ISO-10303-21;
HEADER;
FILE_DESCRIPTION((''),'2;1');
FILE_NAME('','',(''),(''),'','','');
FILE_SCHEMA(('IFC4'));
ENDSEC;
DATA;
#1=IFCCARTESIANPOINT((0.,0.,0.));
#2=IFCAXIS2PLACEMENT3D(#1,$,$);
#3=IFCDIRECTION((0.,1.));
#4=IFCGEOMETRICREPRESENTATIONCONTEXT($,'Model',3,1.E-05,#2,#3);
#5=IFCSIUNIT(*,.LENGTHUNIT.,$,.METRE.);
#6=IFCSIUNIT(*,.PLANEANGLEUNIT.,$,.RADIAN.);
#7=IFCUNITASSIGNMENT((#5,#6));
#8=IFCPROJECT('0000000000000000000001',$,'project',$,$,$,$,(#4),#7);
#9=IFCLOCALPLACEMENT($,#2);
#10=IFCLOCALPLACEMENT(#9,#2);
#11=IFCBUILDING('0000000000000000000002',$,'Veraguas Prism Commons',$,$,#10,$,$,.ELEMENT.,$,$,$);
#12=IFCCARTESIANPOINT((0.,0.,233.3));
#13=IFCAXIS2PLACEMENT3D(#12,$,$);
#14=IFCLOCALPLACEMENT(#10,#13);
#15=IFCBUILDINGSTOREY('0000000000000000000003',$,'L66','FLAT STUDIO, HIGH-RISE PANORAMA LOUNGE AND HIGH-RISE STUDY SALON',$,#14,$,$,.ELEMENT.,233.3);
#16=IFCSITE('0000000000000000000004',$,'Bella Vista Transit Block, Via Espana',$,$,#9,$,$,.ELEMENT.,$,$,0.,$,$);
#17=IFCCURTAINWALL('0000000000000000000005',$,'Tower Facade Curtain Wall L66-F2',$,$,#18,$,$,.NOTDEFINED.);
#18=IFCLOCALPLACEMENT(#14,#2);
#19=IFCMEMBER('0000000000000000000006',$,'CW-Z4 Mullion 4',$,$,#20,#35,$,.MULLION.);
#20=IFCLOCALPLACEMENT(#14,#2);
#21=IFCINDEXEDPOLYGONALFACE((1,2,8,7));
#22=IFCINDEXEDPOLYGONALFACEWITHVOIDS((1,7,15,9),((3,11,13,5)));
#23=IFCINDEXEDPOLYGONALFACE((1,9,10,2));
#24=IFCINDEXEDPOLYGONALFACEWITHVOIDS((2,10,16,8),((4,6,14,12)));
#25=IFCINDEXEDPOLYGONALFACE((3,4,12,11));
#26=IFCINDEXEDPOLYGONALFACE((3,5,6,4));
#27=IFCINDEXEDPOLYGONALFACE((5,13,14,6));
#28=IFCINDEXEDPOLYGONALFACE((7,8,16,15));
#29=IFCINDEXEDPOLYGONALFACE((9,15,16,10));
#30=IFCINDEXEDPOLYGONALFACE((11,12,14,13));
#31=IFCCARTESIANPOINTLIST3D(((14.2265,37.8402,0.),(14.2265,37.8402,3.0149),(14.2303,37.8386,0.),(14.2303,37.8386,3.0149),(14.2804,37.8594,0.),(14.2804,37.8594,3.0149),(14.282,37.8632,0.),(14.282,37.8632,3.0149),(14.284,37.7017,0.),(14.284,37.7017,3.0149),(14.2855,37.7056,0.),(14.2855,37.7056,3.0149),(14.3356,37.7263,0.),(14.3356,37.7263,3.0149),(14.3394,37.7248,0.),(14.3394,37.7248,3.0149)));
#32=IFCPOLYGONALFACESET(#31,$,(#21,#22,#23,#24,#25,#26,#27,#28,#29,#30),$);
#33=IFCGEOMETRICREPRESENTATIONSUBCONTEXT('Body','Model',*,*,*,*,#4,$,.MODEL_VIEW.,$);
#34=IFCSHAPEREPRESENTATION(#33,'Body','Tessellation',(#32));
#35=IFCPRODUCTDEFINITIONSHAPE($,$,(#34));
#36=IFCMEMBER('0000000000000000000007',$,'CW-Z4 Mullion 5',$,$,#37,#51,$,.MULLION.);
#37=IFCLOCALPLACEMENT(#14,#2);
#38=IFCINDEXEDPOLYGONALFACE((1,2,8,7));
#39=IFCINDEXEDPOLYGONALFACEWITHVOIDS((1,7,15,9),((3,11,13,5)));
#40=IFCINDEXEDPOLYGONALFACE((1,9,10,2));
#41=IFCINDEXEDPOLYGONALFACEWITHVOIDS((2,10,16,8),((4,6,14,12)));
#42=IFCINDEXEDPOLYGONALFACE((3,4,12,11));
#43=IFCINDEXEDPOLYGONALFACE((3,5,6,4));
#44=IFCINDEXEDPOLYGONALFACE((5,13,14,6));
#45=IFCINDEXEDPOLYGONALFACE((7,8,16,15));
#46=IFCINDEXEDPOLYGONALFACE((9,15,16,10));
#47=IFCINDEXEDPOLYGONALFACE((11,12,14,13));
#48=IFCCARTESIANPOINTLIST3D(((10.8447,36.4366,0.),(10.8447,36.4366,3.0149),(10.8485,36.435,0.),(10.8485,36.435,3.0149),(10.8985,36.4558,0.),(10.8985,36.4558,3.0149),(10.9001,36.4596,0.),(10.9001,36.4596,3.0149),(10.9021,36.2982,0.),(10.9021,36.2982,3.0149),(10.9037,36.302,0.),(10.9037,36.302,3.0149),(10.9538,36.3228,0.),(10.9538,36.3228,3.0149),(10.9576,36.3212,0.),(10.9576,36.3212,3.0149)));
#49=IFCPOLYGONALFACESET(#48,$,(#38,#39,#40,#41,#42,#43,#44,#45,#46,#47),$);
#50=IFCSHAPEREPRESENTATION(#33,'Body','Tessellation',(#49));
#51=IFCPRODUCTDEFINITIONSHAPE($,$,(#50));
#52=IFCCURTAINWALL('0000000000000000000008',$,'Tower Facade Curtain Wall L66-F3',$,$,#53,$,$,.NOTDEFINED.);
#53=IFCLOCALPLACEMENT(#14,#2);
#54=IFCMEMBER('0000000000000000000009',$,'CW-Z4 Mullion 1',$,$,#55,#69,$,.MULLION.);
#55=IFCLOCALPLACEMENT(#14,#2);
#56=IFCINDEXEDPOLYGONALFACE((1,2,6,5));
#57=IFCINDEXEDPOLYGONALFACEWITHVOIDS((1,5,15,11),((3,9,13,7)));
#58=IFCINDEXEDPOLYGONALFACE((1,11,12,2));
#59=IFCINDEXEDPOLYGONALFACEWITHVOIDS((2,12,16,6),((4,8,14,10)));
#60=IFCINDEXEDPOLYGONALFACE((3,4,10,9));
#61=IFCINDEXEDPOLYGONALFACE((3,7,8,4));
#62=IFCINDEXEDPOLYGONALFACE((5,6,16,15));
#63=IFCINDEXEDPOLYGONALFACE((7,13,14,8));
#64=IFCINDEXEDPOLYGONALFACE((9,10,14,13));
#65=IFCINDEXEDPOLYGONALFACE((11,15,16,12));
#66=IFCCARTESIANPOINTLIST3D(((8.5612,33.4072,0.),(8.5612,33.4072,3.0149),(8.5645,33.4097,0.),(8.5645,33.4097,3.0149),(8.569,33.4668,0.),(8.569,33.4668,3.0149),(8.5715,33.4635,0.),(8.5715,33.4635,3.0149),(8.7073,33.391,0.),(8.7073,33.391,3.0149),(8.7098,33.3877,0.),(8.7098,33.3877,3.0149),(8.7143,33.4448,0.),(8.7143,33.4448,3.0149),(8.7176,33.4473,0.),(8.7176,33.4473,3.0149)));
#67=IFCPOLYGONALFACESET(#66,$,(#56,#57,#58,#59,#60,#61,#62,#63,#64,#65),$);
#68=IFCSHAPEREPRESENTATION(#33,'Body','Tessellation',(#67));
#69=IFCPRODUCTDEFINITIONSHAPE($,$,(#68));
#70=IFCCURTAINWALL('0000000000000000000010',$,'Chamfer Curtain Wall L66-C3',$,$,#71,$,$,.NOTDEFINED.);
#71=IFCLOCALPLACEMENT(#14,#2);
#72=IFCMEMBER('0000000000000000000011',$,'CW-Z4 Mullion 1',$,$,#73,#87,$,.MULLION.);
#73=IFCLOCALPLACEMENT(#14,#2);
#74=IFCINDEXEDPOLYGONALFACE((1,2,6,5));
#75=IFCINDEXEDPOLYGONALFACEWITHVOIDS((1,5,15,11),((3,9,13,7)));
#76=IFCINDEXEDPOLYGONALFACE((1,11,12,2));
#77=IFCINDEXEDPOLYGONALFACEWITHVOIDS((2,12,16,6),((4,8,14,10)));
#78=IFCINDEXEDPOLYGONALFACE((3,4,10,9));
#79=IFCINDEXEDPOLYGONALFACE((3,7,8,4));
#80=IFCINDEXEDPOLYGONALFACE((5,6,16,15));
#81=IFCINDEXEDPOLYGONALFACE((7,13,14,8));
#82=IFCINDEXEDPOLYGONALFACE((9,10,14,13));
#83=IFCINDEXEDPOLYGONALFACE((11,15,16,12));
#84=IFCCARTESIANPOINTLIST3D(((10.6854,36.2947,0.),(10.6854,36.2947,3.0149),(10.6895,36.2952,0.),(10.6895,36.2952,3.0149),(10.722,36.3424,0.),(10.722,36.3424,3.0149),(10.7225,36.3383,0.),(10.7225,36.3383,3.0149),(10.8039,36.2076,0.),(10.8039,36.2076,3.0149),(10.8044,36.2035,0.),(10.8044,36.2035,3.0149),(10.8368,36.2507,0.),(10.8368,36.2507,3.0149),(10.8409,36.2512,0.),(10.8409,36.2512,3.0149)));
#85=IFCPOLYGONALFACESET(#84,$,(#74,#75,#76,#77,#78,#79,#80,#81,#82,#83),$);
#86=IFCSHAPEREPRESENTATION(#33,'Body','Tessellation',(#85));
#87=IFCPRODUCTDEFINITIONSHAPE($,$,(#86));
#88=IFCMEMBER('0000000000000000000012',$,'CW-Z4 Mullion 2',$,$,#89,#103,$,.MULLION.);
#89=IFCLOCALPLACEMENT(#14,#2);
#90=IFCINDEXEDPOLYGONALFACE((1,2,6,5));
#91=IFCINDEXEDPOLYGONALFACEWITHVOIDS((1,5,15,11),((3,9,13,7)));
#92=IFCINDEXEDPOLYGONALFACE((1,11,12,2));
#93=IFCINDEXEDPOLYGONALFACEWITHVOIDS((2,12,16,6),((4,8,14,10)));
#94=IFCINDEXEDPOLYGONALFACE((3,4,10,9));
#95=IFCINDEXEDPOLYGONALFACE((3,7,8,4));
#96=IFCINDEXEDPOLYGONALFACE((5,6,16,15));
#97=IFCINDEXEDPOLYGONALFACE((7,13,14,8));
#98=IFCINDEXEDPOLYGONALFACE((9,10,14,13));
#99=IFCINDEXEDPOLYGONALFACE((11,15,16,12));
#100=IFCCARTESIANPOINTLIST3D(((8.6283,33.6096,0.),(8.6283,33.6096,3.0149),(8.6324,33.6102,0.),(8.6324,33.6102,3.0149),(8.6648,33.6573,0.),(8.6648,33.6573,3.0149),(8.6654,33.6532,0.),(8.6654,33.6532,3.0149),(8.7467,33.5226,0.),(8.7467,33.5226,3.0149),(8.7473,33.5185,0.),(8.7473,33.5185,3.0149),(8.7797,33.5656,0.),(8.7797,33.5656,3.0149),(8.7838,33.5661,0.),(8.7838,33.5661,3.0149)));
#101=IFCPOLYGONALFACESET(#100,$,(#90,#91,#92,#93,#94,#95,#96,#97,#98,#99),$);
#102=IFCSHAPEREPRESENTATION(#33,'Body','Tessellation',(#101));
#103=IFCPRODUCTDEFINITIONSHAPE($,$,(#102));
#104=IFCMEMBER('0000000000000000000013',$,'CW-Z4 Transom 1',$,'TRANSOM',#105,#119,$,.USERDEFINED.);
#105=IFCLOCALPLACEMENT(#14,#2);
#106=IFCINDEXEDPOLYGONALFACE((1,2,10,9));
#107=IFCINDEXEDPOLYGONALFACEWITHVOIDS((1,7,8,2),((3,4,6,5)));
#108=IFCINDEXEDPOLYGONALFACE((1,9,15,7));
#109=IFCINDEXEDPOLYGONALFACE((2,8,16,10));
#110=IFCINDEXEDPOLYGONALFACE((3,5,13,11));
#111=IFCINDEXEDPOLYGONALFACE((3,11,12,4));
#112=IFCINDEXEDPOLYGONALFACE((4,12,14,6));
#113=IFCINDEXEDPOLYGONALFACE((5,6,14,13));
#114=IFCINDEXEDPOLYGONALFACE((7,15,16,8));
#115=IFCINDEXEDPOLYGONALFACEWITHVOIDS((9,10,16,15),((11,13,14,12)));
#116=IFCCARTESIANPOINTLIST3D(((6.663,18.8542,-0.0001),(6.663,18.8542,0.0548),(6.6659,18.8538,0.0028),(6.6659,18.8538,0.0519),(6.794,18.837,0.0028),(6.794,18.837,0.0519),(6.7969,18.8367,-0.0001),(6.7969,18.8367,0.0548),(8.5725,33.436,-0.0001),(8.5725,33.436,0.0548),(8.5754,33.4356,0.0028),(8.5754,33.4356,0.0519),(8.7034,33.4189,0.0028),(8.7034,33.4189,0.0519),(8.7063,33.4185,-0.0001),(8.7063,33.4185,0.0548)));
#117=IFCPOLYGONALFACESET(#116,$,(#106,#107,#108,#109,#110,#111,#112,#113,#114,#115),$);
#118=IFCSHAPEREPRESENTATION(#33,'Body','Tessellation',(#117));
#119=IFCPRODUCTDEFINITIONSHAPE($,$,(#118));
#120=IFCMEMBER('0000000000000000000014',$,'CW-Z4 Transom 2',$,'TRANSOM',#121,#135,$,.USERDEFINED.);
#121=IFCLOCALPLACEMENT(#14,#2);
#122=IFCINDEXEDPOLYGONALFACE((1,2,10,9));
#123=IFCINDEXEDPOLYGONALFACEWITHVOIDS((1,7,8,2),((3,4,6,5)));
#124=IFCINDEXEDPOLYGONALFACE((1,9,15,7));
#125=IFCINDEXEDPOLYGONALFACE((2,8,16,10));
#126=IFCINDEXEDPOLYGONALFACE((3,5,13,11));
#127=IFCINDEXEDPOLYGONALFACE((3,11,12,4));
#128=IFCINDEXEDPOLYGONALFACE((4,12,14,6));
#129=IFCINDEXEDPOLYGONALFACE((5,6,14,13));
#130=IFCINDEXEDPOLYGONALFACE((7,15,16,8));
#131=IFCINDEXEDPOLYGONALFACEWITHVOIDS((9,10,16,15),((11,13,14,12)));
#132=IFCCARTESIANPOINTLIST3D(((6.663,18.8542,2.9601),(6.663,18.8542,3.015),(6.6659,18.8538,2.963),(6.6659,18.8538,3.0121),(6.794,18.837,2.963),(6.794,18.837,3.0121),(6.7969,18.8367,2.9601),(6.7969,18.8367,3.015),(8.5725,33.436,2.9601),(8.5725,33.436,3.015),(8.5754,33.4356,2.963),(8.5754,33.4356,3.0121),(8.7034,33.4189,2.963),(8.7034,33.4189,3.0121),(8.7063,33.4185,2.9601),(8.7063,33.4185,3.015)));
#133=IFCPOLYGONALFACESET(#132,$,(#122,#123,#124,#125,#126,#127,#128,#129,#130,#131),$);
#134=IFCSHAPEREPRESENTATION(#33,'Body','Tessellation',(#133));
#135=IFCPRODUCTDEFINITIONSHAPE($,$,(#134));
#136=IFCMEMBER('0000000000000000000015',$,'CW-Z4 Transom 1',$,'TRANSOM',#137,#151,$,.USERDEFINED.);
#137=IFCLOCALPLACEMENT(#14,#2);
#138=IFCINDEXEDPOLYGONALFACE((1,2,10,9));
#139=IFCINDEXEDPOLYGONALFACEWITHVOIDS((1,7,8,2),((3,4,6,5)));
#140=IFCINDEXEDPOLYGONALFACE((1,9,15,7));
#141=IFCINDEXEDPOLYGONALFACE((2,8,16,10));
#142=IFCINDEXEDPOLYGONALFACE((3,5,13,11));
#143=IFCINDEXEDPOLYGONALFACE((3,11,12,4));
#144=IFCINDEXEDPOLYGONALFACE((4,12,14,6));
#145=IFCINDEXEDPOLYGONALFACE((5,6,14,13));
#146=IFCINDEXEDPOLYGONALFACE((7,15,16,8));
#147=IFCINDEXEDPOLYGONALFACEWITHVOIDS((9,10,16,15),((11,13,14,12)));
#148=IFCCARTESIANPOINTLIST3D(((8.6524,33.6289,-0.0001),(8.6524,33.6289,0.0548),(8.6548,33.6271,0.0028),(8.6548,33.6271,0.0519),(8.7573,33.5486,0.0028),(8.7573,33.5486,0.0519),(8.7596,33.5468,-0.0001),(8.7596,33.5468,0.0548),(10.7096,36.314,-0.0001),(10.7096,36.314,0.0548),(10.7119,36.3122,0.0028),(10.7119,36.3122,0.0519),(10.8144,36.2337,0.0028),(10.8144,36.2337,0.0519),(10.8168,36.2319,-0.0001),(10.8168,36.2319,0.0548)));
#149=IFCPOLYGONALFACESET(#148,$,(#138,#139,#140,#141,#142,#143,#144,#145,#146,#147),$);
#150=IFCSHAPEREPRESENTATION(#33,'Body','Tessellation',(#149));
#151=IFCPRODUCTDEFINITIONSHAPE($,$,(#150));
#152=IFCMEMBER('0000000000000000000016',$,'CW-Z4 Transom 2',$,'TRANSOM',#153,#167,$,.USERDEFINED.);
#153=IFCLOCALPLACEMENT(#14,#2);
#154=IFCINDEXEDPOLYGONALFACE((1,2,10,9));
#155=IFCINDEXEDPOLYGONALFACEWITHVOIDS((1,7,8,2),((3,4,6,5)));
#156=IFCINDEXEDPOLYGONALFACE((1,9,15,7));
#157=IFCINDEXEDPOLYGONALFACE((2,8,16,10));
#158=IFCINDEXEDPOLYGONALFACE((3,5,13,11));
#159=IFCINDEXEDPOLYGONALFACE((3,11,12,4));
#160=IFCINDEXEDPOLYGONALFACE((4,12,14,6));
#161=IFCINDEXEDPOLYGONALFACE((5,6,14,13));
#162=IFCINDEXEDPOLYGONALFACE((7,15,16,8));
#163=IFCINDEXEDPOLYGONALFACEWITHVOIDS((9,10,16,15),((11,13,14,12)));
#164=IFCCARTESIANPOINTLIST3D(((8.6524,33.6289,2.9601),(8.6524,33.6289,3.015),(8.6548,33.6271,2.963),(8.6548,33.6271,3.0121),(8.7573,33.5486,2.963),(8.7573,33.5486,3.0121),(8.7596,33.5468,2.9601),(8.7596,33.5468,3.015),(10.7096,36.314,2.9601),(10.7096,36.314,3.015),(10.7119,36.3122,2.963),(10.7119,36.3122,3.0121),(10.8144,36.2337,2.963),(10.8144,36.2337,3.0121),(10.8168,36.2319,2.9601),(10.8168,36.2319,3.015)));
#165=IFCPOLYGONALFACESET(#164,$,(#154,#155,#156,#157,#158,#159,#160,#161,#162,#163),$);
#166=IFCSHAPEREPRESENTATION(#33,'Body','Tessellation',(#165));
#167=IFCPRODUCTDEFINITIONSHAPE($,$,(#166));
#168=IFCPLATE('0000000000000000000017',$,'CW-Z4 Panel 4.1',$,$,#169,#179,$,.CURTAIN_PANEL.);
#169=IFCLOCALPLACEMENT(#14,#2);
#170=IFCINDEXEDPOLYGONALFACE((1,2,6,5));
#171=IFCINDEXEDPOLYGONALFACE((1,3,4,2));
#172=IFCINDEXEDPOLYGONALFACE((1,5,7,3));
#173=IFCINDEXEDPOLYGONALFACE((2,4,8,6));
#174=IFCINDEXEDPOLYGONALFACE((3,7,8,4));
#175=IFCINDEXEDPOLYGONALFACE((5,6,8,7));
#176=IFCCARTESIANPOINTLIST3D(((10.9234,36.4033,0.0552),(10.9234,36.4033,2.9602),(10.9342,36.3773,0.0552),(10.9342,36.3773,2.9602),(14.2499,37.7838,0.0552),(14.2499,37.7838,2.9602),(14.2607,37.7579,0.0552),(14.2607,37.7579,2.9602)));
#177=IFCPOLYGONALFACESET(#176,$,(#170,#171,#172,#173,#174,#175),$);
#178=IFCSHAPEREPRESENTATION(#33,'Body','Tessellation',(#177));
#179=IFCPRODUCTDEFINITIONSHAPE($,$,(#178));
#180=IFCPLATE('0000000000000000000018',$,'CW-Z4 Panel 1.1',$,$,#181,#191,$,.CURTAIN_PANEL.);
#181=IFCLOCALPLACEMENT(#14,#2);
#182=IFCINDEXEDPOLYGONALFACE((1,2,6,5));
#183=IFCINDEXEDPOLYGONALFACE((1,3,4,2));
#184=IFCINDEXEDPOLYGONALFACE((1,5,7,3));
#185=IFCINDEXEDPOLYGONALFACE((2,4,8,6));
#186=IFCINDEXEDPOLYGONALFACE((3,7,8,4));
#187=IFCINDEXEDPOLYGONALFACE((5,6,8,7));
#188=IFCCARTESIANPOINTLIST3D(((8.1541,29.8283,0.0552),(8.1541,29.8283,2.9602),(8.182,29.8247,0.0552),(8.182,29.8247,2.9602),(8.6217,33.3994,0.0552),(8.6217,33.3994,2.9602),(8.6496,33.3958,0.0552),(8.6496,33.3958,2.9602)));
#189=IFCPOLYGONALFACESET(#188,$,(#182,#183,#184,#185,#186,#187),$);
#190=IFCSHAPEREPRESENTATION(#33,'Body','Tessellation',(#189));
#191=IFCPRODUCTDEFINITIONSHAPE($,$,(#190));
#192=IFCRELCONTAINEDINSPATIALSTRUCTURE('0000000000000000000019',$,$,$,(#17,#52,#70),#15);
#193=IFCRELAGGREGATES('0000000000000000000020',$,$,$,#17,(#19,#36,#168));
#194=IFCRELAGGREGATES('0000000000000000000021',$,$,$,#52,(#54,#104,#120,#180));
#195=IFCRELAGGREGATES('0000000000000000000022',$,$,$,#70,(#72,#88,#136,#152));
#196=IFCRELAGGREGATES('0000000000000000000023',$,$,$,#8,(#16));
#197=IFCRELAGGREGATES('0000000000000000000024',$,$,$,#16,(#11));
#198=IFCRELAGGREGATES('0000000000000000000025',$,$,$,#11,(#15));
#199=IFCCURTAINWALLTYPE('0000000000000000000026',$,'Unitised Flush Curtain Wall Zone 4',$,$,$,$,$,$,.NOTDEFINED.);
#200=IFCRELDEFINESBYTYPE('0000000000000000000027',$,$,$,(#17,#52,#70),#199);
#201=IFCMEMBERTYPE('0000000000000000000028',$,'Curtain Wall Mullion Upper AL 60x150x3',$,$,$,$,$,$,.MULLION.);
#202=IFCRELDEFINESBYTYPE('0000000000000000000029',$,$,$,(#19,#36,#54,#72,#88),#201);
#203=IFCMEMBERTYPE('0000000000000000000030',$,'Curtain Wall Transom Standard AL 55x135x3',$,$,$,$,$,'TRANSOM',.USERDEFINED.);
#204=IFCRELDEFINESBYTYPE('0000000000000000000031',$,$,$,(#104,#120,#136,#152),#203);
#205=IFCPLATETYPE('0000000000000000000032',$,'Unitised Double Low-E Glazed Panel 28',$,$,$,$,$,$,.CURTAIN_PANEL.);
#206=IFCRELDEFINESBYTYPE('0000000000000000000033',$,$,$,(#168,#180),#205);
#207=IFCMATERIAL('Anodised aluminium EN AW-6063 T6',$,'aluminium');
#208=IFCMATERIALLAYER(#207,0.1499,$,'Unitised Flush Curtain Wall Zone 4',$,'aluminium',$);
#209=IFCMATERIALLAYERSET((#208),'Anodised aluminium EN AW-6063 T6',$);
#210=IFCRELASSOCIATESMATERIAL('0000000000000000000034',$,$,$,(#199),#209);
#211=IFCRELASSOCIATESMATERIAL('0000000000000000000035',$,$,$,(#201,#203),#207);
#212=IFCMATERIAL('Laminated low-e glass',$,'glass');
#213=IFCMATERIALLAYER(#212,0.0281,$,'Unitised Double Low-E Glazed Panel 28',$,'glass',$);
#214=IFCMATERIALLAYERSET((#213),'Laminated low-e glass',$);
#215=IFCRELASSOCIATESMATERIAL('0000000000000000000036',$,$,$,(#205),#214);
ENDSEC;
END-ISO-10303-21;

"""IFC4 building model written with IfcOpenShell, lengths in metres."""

from ifc_helpers import new_model, si_unit, direction, frame, origin, origin_2d, place, context, subcontext, project, spatial, rectangle, hollow_rectangle, extrude, source, transform, mapped, material, layer, layer_set, material_profile, profile_set, type_object, element, aggregate, save


model = new_model("IFC4")

# Units and contexts
model_context = context("Model", 3, precision=1e-05, world=origin(), true_north=direction((0.0, 1.0)))
body_context = subcontext(model_context, "Body", "Model", "MODEL_VIEW")
ifc_project = project(units=[si_unit("LENGTHUNIT", "METRE"), si_unit("PLANEANGLEUNIT", "RADIAN")], contexts=[model_context])

# Site, building, storey
site_placement = place(None, origin())
site = spatial("IfcSite", under=ifc_project, at=site_placement, Name="Bella Vista Transit Block, Via Espana", CompositionType="ELEMENT", RefElevation=0.0)
building_placement = place(site_placement, origin())
building = spatial("IfcBuilding", under=site, at=building_placement, Name="Veraguas Prism Commons", CompositionType="ELEMENT")
storey_placement = place(building_placement, frame((0.0, 0.0, 233.3)))
storey = spatial("IfcBuildingStorey", under=building, at=storey_placement, Name="L66", Description="FLAT STUDIO, HIGH-RISE PANORAMA LOUNGE AND HIGH-RISE STUDY SALON", CompositionType="ELEMENT", Elevation=233.3)

# Curtain wall, members
ifc_material_1 = material(Name="Anodised aluminium EN AW-6063 T6", Category="aluminium")
ifc_layer_1 = layer(ifc_material_1, 0.1499, Name="Unitised Flush Curtain Wall Zone 4", Category="aluminium")
ifc_layer_set_1 = layer_set([ifc_layer_1], Name="Anodised aluminium EN AW-6063 T6")
curtain_wall_type = type_object("IfcCurtainWallType", Name="Unitised Flush Curtain Wall Zone 4", PredefinedType="NOTDEFINED", material=ifc_layer_set_1)
curtain_wall_1_placement = place(storey_placement, origin())
curtain_wall_1 = element("IfcCurtainWall", 1, at=curtain_wall_1_placement, inside=storey, type_object=curtain_wall_type, Name="Tower Facade Curtain Wall L66-F2", PredefinedType="NOTDEFINED")
ifc_material_profile_1 = material_profile(ifc_material_1, hollow_rectangle(XDim=0.0601, YDim=0.1499, WallThickness=0.0029, at=origin_2d()), Name="AL60X150X3")
ifc_profile_set_1 = profile_set([ifc_material_profile_1], Name="Anodised aluminium EN AW-6063 T6")
member_type_1 = type_object("IfcMemberType", Name="Curtain Wall Mullion Upper AL 60x150x3", PredefinedType="MULLION", material=ifc_profile_set_1)
shared_shape_1 = source(origin(), body_context, "Body", "SweptSolid", [
    extrude(hollow_rectangle(XDim=0.0601, YDim=0.1499, WallThickness=0.0029, at=origin_2d()), origin(), (0.0, 0.0, 1.0), 3.0149),
])
member_1_placement = place(storey_placement, frame((14.283, 37.7825, 0.0), z_axis=(0.0, 0.0, 1.0), x_axis=(-0.923615, -0.383322, 0.0)))
member_1 = element("IfcMember", 2, at=member_1_placement, type_object=member_type_1, Name="CW-Z4 Mullion 4", PredefinedType="MULLION", context=body_context, shape_type="MappedRepresentation", body=[
    mapped(shared_shape_1, transform((0.0, 0.0, 0.0), scale=1.0)),
])
member_2_placement = place(storey_placement, frame((10.9011, 36.3789, 0.0), z_axis=(0.0, 0.0, 1.0), x_axis=(-0.923615, -0.383322, 0.0)))
member_2 = element("IfcMember", 3, at=member_2_placement, type_object=member_type_1, Name="CW-Z4 Mullion 5", PredefinedType="MULLION", context=body_context, shape_type="MappedRepresentation", body=[
    mapped(shared_shape_1, transform((0.0, 0.0, 0.0), scale=1.0)),
])

# Curtain wall, member
curtain_wall_2_placement = place(storey_placement, origin())
curtain_wall_2 = element("IfcCurtainWall", 4, at=curtain_wall_2_placement, inside=storey, type_object=curtain_wall_type, Name="Tower Facade Curtain Wall L66-F3", PredefinedType="NOTDEFINED")
member_3_placement = place(storey_placement, frame((8.6394, 33.4272, 0.0), z_axis=(0.0, 0.0, 1.0), x_axis=(-0.129836, -0.991536, 0.0)))
member_3 = element("IfcMember", 5, at=member_3_placement, type_object=member_type_1, Name="CW-Z4 Mullion 1", PredefinedType="MULLION", context=body_context, shape_type="MappedRepresentation", body=[
    mapped(shared_shape_1, transform((0.0, 0.0, 0.0), scale=1.0)),
])

# Curtain wall, members
curtain_wall_3_placement = place(storey_placement, origin())
curtain_wall_3 = element("IfcCurtainWall", 6, at=curtain_wall_3_placement, inside=storey, type_object=curtain_wall_type, Name="Chamfer Curtain Wall L66-C3", PredefinedType="NOTDEFINED")
member_4_placement = place(storey_placement, frame((10.7632, 36.2729, 0.0), z_axis=(0.0, 0.0, 1.0), x_axis=(-0.608181, -0.793798, 0.0)))
member_4 = element("IfcMember", 7, at=member_4_placement, type_object=member_type_1, Name="CW-Z4 Mullion 1", PredefinedType="MULLION", context=body_context, shape_type="MappedRepresentation", body=[
    mapped(shared_shape_1, transform((0.0, 0.0, 0.0), scale=1.0)),
])
member_5_placement = place(storey_placement, frame((8.7061, 33.5879, 0.0), z_axis=(0.0, 0.0, 1.0), x_axis=(-0.608181, -0.793798, 0.0)))
member_5 = element("IfcMember", 8, at=member_5_placement, type_object=member_type_1, Name="CW-Z4 Mullion 2", PredefinedType="MULLION", context=body_context, shape_type="MappedRepresentation", body=[
    mapped(shared_shape_1, transform((0.0, 0.0, 0.0), scale=1.0)),
])

# Members
ifc_material_profile_2 = material_profile(ifc_material_1, hollow_rectangle(XDim=0.0549, YDim=0.135, WallThickness=0.0029, at=origin_2d()), Name="AL55X135X3")
ifc_profile_set_2 = profile_set([ifc_material_profile_2], Name="Anodised aluminium EN AW-6063 T6")
member_type_2 = type_object("IfcMemberType", Name="Curtain Wall Transom Standard AL 55x135x3", ElementType="TRANSOM", PredefinedType="USERDEFINED", material=ifc_profile_set_2)
shared_shape_2 = source(origin(), body_context, "Body", "SweptSolid", [
    extrude(hollow_rectangle(XDim=0.0549, YDim=0.135, WallThickness=0.0029, at=origin_2d()), origin(), (0.0, 0.0, 1.0), 14.7063),
])
member_6_placement = place(storey_placement, frame((8.6394, 33.4272, 0.0273), z_axis=(-0.129837, -0.991535, 0.0), x_axis=(0.0, 0.0, 1.0)))
member_6 = element("IfcMember", 9, at=member_6_placement, type_object=member_type_2, Name="CW-Z4 Transom 1", ObjectType="TRANSOM", PredefinedType="USERDEFINED", context=body_context, shape_type="MappedRepresentation", body=[
    mapped(shared_shape_2, transform((0.0, 0.0, 0.0), scale=1.0)),
])
member_7_placement = place(storey_placement, frame((8.6394, 33.4272, 2.9875), z_axis=(-0.129837, -0.991535, 0.0), x_axis=(0.0, 0.0, 1.0)))
member_7 = element("IfcMember", 10, at=member_7_placement, type_object=member_type_2, Name="CW-Z4 Transom 2", ObjectType="TRANSOM", PredefinedType="USERDEFINED", context=body_context, shape_type="MappedRepresentation", body=[
    mapped(shared_shape_2, transform((0.0, 0.0, 0.0), scale=1.0)),
])
shared_shape_3 = source(origin(), body_context, "Body", "SweptSolid", [
    extrude(hollow_rectangle(XDim=0.0549, YDim=0.135, WallThickness=0.0029, at=origin_2d()), origin(), (0.0, 0.0, 1.0), 3.3826),
])
member_8_placement = place(storey_placement, frame((10.7632, 36.2729, 0.0273), z_axis=(-0.608168, -0.793808, 0.0), x_axis=(0.0, 0.0, 1.0)))
member_8 = element("IfcMember", 11, at=member_8_placement, type_object=member_type_2, Name="CW-Z4 Transom 1", ObjectType="TRANSOM", PredefinedType="USERDEFINED", context=body_context, shape_type="MappedRepresentation", body=[
    mapped(shared_shape_3, transform((0.0, 0.0, 0.0), scale=1.0)),
])
member_9_placement = place(storey_placement, frame((10.7632, 36.2729, 2.9875), z_axis=(-0.608168, -0.793808, 0.0), x_axis=(0.0, 0.0, 1.0)))
member_9 = element("IfcMember", 12, at=member_9_placement, type_object=member_type_2, Name="CW-Z4 Transom 2", ObjectType="TRANSOM", PredefinedType="USERDEFINED", context=body_context, shape_type="MappedRepresentation", body=[
    mapped(shared_shape_3, transform((0.0, 0.0, 0.0), scale=1.0)),
])

# Plates
ifc_material_2 = material(Name="Laminated low-e glass", Category="glass")
ifc_layer_2 = layer(ifc_material_2, 0.0281, Name="Unitised Double Low-E Glazed Panel 28", Category="glass")
ifc_layer_set_2 = layer_set([ifc_layer_2], Name="Laminated low-e glass")
plate_type = type_object("IfcPlateType", Name="Unitised Double Low-E Glazed Panel 28", PredefinedType="CURTAIN_PANEL", material=ifc_layer_set_2)
shared_shape_4 = source(origin(), body_context, "Body", "SweptSolid", [
    extrude(rectangle(XDim=3.6016, YDim=0.0281, at=origin_2d()), origin(), (0.0, 0.0, 1.0), 2.905),
])
plate_1_placement = place(storey_placement, frame((12.592, 37.0806, 0.0552), z_axis=(0.0, 0.0, 1.0), x_axis=(-0.923615, -0.383322, 0.0)))
plate_1 = element("IfcPlate", 13, at=plate_1_placement, type_object=plate_type, Name="CW-Z4 Panel 4.1", PredefinedType="CURTAIN_PANEL", context=body_context, shape_type="MappedRepresentation", body=[
    mapped(shared_shape_4, transform((0.0, 0.0, 0.0), scale=1.0)),
])
aggregate(curtain_wall_1, [member_1, member_2, plate_1])
plate_2_placement = place(storey_placement, frame((8.4019, 31.6121, 0.0552), z_axis=(0.0, 0.0, 1.0), x_axis=(-0.129836, -0.991536, 0.0)))
plate_2 = element("IfcPlate", 14, at=plate_2_placement, type_object=plate_type, Name="CW-Z4 Panel 1.1", PredefinedType="CURTAIN_PANEL", context=body_context, shape_type="MappedRepresentation", body=[
    mapped(shared_shape_4, transform((0.0, 0.0, 0.0), scale=1.0)),
])
aggregate(curtain_wall_2, [member_3, member_6, member_7, plate_2])
aggregate(curtain_wall_3, [member_4, member_5, member_8, member_9])

save(model, "model.ifc")
